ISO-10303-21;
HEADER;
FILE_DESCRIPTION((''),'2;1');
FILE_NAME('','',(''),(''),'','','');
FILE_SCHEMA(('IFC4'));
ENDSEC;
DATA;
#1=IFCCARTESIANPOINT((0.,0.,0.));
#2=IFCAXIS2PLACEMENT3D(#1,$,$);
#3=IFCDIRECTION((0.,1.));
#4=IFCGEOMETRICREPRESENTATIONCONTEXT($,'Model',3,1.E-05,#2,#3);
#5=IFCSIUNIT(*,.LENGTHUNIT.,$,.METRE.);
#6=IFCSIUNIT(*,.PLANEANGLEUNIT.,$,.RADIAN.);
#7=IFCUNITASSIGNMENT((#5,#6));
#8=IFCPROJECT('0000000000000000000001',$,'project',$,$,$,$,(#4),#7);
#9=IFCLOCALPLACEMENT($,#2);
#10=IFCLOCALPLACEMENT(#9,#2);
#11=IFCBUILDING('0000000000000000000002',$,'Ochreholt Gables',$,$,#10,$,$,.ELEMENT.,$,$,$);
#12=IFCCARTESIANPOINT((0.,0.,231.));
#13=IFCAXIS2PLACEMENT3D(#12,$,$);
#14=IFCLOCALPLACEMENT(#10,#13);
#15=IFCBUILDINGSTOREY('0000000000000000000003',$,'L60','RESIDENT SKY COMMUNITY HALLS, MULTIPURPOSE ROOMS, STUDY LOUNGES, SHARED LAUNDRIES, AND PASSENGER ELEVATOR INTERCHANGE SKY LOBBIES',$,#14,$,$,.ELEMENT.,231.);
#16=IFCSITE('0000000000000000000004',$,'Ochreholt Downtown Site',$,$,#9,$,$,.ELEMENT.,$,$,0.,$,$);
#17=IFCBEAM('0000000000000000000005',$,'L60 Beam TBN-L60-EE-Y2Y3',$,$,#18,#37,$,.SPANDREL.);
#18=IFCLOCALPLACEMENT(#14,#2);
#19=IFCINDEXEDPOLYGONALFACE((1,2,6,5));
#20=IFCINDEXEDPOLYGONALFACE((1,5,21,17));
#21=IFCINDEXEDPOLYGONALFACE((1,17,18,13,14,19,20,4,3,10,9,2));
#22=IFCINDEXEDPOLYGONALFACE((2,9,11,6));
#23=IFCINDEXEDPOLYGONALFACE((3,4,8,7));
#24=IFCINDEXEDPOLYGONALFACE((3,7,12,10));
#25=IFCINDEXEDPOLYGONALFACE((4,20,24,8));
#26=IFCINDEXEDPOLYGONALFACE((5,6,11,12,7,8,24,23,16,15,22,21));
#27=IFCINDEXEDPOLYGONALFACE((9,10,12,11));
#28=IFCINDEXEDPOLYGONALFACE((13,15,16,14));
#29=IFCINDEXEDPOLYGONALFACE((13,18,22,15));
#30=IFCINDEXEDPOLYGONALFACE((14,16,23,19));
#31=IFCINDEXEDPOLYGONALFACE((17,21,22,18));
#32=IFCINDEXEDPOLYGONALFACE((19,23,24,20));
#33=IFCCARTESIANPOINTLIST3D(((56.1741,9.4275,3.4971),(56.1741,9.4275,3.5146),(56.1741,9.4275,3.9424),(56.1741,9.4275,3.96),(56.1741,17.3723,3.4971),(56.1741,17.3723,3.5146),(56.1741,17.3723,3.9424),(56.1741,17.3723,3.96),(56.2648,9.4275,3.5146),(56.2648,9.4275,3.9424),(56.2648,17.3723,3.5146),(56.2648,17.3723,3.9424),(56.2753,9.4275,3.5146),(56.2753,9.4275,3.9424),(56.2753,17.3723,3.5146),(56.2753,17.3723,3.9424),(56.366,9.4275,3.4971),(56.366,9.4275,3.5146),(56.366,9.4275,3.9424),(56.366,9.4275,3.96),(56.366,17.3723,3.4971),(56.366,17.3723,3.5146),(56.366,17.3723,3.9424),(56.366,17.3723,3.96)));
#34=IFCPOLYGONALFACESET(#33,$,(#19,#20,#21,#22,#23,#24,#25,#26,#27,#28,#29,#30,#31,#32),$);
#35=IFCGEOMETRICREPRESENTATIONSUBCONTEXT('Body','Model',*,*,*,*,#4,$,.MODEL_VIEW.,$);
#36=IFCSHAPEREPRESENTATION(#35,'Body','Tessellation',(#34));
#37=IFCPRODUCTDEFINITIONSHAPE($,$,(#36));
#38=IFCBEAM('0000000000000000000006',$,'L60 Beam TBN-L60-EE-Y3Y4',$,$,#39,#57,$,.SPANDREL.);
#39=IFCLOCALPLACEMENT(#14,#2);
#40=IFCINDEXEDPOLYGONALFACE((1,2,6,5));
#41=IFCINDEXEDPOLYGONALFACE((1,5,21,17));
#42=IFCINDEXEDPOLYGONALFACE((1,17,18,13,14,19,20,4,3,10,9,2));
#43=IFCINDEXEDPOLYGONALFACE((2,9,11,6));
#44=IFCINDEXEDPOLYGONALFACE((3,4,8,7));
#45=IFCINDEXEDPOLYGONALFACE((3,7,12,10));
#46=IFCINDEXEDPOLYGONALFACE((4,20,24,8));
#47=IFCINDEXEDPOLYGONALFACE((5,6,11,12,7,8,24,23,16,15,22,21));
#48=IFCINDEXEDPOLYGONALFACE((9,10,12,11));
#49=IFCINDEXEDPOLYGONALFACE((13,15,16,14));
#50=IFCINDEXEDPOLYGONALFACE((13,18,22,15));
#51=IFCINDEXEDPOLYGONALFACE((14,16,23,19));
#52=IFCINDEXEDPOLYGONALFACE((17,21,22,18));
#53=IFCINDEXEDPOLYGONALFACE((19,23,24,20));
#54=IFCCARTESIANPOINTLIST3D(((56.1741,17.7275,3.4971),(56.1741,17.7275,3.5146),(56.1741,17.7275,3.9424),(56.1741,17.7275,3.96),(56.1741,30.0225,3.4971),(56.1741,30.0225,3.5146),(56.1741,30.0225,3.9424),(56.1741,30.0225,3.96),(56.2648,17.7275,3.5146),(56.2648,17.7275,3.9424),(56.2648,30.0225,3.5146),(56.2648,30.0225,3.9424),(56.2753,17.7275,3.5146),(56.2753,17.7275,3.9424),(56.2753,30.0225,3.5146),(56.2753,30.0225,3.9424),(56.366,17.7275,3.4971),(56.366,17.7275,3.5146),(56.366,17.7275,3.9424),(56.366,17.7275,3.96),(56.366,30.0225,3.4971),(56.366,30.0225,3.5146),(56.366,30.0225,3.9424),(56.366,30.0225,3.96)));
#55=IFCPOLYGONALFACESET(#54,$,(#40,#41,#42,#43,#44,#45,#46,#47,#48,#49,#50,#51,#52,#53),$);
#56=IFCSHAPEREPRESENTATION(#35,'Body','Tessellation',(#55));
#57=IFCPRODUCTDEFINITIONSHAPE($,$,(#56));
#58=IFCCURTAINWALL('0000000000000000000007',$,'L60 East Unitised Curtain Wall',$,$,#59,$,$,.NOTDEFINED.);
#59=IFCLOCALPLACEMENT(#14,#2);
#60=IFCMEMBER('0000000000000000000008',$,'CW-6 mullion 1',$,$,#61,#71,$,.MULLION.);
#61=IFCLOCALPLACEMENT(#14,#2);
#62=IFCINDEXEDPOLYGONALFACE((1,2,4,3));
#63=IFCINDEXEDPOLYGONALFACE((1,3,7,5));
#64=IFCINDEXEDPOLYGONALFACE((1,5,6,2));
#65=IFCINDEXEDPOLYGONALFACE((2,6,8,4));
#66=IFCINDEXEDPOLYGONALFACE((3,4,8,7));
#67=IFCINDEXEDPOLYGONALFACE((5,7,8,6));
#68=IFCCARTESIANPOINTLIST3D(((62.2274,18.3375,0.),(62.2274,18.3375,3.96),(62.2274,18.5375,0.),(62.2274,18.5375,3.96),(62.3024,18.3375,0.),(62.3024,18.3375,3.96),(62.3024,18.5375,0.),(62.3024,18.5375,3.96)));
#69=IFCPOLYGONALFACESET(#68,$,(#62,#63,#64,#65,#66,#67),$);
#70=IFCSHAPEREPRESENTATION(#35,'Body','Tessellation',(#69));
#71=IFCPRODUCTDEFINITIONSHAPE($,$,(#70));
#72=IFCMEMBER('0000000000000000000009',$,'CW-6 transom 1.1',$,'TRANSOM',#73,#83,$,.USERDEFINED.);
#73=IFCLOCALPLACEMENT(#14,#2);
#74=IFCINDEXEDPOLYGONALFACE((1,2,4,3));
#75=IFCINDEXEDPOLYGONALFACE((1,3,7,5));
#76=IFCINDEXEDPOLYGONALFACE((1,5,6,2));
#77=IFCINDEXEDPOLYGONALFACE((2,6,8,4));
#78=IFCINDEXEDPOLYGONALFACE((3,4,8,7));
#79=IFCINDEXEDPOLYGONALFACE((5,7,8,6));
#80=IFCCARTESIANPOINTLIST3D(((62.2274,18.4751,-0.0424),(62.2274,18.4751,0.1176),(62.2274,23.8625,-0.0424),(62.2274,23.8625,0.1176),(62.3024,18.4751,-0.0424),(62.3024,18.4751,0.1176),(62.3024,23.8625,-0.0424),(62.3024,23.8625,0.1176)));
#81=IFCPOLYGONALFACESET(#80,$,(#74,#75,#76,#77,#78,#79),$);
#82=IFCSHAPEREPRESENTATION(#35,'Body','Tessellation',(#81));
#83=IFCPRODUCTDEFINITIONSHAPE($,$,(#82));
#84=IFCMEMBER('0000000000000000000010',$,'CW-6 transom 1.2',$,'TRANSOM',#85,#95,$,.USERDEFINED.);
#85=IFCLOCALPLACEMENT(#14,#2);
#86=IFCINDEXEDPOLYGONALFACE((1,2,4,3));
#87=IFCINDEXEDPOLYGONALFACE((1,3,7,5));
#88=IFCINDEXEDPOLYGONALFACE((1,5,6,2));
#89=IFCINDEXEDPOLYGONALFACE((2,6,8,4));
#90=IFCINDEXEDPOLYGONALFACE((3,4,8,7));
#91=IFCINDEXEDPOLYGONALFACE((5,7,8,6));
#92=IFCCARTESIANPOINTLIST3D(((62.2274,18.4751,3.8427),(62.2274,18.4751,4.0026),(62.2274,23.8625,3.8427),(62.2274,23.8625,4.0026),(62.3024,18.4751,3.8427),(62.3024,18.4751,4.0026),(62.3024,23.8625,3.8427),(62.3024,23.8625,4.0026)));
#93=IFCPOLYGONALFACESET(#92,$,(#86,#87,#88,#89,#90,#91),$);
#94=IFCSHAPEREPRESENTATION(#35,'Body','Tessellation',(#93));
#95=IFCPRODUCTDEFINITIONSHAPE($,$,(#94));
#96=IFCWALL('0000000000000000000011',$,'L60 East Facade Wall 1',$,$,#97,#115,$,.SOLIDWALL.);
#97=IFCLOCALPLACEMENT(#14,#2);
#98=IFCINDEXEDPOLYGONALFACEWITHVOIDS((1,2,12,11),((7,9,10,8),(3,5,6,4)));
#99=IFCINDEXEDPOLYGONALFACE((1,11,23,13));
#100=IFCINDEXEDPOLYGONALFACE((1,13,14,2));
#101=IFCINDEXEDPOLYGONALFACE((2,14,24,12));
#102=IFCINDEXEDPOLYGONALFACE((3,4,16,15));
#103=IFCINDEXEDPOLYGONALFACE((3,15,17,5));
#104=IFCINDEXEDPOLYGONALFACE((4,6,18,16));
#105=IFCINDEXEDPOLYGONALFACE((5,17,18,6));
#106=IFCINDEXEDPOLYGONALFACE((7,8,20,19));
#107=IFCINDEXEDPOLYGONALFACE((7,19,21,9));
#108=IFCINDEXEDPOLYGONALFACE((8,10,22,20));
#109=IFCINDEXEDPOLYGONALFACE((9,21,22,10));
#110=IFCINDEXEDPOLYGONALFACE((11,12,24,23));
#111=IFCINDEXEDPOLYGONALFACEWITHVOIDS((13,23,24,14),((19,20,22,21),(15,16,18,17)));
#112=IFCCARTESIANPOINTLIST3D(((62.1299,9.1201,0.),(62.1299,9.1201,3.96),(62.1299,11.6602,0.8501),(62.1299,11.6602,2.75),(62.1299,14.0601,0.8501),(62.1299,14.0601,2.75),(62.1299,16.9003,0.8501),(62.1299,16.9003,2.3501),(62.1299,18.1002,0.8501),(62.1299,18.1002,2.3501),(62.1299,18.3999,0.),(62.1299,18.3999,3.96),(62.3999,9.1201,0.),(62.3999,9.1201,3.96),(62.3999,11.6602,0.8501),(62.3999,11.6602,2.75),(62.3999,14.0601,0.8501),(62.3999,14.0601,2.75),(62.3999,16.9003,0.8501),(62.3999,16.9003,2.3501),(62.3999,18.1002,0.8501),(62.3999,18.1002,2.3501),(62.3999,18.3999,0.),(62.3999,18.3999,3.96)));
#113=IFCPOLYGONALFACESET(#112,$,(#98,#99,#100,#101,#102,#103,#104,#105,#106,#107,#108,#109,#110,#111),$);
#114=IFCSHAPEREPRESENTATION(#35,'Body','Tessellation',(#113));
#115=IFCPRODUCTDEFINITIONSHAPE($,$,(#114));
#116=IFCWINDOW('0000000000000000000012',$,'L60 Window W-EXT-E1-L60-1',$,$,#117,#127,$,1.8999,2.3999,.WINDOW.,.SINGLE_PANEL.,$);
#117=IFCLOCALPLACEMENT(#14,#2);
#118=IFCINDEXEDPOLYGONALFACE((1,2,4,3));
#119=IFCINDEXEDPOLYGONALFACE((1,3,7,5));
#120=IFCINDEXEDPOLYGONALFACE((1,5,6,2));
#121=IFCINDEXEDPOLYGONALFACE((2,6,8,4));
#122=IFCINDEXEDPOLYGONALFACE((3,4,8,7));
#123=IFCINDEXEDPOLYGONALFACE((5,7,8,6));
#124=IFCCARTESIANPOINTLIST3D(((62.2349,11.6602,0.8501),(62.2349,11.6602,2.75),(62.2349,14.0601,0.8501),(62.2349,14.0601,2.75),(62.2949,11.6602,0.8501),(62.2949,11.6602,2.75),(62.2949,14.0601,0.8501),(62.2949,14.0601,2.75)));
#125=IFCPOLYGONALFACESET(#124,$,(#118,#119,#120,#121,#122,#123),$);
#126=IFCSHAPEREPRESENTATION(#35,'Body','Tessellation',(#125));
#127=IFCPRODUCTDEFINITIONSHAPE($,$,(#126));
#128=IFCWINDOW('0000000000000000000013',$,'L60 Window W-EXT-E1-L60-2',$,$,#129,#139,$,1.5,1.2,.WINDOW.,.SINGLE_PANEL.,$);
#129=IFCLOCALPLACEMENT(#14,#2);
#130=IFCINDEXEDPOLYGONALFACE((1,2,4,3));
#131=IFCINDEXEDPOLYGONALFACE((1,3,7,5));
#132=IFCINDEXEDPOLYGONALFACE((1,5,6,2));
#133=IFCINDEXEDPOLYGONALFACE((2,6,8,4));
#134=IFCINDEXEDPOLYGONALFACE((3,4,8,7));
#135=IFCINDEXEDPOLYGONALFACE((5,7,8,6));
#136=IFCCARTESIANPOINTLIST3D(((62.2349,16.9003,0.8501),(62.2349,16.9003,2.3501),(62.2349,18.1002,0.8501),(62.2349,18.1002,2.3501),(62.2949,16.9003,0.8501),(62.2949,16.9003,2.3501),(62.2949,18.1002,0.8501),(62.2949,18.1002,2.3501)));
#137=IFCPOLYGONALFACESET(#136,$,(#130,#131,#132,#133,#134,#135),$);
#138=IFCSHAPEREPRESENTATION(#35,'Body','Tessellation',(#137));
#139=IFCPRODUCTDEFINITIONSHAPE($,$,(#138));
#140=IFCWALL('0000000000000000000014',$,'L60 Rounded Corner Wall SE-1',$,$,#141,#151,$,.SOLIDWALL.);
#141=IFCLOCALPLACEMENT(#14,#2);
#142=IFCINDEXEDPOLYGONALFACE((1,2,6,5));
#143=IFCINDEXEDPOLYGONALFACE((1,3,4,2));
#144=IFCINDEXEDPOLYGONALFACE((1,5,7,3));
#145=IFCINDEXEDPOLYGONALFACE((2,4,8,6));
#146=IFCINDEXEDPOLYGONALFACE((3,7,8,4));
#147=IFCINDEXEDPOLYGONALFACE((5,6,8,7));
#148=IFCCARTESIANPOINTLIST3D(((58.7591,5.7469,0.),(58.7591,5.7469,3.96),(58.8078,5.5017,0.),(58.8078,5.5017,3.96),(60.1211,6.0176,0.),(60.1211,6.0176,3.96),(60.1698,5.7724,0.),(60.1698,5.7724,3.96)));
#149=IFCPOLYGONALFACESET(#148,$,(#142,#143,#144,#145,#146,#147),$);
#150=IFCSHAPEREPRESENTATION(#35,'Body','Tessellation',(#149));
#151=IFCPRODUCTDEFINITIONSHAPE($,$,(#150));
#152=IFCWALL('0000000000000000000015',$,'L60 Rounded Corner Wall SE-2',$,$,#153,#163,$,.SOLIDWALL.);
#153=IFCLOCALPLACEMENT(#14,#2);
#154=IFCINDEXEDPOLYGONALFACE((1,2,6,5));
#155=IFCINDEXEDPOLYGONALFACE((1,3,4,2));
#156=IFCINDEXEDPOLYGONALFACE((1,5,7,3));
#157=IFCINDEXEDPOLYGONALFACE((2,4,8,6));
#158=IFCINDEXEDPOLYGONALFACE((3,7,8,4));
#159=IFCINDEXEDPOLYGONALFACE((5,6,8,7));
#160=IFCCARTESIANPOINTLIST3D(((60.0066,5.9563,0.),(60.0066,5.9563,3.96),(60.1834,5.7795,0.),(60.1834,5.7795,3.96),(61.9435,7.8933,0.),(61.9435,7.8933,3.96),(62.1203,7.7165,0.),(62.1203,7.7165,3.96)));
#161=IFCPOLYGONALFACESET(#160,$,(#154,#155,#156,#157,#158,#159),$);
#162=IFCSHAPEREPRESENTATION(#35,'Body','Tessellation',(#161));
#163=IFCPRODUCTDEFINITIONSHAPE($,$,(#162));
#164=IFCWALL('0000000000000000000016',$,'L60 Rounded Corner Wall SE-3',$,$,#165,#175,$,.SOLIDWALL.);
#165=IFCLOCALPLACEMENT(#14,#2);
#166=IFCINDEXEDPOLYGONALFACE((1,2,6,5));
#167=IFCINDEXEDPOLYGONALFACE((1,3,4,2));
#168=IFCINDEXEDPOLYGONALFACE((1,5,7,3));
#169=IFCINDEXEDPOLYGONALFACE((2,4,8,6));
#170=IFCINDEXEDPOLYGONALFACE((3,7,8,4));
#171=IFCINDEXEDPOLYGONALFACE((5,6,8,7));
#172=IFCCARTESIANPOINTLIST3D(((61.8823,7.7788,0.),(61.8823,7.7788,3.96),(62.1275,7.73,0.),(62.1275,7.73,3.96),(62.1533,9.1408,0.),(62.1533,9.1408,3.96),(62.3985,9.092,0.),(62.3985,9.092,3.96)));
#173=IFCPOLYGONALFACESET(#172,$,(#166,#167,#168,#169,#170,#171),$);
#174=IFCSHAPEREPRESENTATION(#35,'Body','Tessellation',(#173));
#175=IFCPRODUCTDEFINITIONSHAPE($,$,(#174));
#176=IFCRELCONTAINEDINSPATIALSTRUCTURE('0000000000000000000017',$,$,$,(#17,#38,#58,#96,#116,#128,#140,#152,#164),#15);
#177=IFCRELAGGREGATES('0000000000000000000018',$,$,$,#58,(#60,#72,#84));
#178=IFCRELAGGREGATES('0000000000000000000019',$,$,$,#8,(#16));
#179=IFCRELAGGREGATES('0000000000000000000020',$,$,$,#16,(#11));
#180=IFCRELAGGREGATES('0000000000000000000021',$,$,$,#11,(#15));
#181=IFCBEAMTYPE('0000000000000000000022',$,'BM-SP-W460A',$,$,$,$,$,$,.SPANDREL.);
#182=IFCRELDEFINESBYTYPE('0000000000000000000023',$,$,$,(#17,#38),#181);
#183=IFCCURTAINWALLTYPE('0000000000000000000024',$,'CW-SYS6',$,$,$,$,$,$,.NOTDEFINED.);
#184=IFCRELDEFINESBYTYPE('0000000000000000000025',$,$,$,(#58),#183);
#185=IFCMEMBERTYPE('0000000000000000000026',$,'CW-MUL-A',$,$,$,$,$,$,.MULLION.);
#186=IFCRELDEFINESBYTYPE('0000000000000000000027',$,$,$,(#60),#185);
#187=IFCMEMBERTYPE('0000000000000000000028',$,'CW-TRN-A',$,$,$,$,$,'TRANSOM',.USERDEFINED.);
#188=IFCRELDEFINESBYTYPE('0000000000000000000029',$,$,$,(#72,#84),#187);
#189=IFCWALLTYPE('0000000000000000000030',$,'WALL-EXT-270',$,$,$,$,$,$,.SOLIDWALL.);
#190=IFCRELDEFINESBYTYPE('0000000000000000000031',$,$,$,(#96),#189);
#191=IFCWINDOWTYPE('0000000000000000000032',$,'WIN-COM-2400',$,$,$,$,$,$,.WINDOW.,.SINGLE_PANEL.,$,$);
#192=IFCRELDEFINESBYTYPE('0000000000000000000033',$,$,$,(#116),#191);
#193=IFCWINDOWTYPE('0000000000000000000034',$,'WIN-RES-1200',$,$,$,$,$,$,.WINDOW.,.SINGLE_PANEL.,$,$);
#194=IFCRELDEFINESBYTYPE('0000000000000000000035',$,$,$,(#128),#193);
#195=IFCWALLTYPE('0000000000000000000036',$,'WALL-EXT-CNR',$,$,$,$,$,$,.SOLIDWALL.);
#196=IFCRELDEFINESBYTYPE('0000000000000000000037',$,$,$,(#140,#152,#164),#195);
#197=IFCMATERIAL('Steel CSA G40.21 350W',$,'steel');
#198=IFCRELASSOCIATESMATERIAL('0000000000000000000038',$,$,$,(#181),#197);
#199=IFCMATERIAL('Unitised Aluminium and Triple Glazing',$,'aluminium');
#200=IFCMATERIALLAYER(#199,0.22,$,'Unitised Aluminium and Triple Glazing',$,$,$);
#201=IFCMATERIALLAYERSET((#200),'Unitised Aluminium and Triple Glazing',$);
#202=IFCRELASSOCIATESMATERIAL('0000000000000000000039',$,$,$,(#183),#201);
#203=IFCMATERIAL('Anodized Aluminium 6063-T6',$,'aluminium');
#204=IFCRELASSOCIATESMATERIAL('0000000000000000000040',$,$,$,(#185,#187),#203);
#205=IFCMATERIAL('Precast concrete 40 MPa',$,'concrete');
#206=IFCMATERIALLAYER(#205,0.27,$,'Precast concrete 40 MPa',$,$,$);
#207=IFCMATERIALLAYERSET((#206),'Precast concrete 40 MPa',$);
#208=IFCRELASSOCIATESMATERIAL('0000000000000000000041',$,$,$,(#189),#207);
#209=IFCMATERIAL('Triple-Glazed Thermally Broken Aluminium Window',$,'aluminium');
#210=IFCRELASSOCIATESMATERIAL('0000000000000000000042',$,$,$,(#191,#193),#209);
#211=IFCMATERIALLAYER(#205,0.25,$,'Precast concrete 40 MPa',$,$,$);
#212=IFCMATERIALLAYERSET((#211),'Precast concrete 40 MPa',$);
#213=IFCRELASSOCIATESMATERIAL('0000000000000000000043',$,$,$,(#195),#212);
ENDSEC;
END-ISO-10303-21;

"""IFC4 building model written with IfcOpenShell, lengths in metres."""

from ifc_helpers import new_model, si_unit, direction, frame, frame_2d, origin, origin_2d, place, context, subcontext, project, spatial, rectangle, i_section, extrude, material, layer, layer_set, material_profile, profile_set, type_object, element, fill, aggregate, save


model = new_model("IFC4")

# Units and contexts
model_context = context("Model", 3, precision=1e-05, world=origin(), true_north=direction((0.0, 1.0)))
body_context = subcontext(model_context, "Body", "Model", "MODEL_VIEW")
ifc_project = project(units=[si_unit("LENGTHUNIT", "METRE"), si_unit("PLANEANGLEUNIT", "RADIAN")], contexts=[model_context])

# Site, building, storey
site_placement = place(None, origin())
site = spatial("IfcSite", under=ifc_project, at=site_placement, Name="Ochreholt Downtown Site", CompositionType="ELEMENT", RefElevation=0.0)
building_placement = place(site_placement, origin())
building = spatial("IfcBuilding", under=site, at=building_placement, Name="Ochreholt Gables", CompositionType="ELEMENT")
storey_placement = place(building_placement, frame((0.0, 0.0, 231.0)))
storey = spatial("IfcBuildingStorey", under=building, at=storey_placement, Name="L60", Description="RESIDENT SKY COMMUNITY HALLS, MULTIPURPOSE ROOMS, STUDY LOUNGES, SHARED LAUNDRIES, AND PASSENGER ELEVATOR INTERCHANGE SKY LOBBIES", CompositionType="ELEMENT", Elevation=231.0)

# Shared definitions
ifc_material_1 = material(Name="Steel CSA G40.21 350W", Category="steel")

# Beams
ifc_material_profile_1 = material_profile(ifc_material_1, i_section(OverallWidth=0.1919, OverallDepth=0.4629, WebThickness=0.0105, FlangeThickness=0.0176, at=origin_2d()), Name="W460X89")
ifc_profile_set_1 = profile_set([ifc_material_profile_1], Name="Steel CSA G40.21 350W")
beam_type_1 = type_object("IfcBeamType", Name="BM-SP-W460A", PredefinedType="SPANDREL", material=ifc_profile_set_1)
beam_1_placement = place(storey_placement, frame((56.27, 9.4275, 3.7285), z_axis=(0.0, 1.0, 0.0), x_axis=(-1.0, 0.0, 0.0)))
element("IfcBeam", 1, at=beam_1_placement, inside=storey, type_object=beam_type_1, Name="L60 Beam TBN-L60-EE-Y2Y3", PredefinedType="SPANDREL", context=body_context, shape_type="SweptSolid", body=[
    extrude(i_section(OverallWidth=0.1919, OverallDepth=0.4629, WebThickness=0.0105, FlangeThickness=0.0176, at=origin_2d()), origin(), (0.0, 0.0, 1.0), 7.9448),
])
beam_2_placement = place(storey_placement, frame((56.27, 17.7275, 3.7285), z_axis=(0.0, 1.0, 0.0), x_axis=(-1.0, 0.0, 0.0)))
element("IfcBeam", 2, at=beam_2_placement, inside=storey, type_object=beam_type_1, Name="L60 Beam TBN-L60-EE-Y3Y4", PredefinedType="SPANDREL", context=body_context, shape_type="SweptSolid", body=[
    extrude(i_section(OverallWidth=0.1919, OverallDepth=0.4629, WebThickness=0.0105, FlangeThickness=0.0176, at=origin_2d()), origin(), (0.0, 0.0, 1.0), 12.2949),
])

# Curtain wall, members
ifc_material_2 = material(Name="Unitised Aluminium and Triple Glazing", Category="aluminium")
ifc_layer_1 = layer(ifc_material_2, 0.22, Name="Unitised Aluminium and Triple Glazing")
ifc_layer_set_1 = layer_set([ifc_layer_1], Name="Unitised Aluminium and Triple Glazing")
curtain_wall_type = type_object("IfcCurtainWallType", Name="CW-SYS6", PredefinedType="NOTDEFINED", material=ifc_layer_set_1)
curtain_wall_placement = place(storey_placement, origin())
curtain_wall = element("IfcCurtainWall", 3, at=curtain_wall_placement, inside=storey, type_object=curtain_wall_type, Name="L60 East Unitised Curtain Wall", PredefinedType="NOTDEFINED")
ifc_material_3 = material(Name="Anodized Aluminium 6063-T6", Category="aluminium")
ifc_material_profile_2 = material_profile(ifc_material_3, rectangle(XDim=0.075, YDim=0.2, at=origin_2d()), Name="CWM75X200")
ifc_profile_set_2 = profile_set([ifc_material_profile_2], Name="Anodized Aluminium 6063-T6")
member_type_1 = type_object("IfcMemberType", Name="CW-MUL-A", PredefinedType="MULLION", material=ifc_profile_set_2)
member_1_placement = place(storey_placement, frame((62.2649, 18.4375, 0.0), z_axis=(0.0, 0.0, 1.0), x_axis=(-1.0, 0.0, 0.0)))
member_1 = element("IfcMember", 4, at=member_1_placement, type_object=member_type_1, Name="CW-6 mullion 1", PredefinedType="MULLION", context=body_context, shape_type="SweptSolid", body=[
    extrude(rectangle(XDim=0.075, YDim=0.2, at=origin_2d()), origin(), (0.0, 0.0, 1.0), 3.96),
])
ifc_material_profile_3 = material_profile(ifc_material_3, rectangle(XDim=0.075, YDim=0.1599, at=origin_2d()), Name="CWT75X160")
ifc_profile_set_3 = profile_set([ifc_material_profile_3], Name="Anodized Aluminium 6063-T6")
member_type_2 = type_object("IfcMemberType", Name="CW-TRN-A", ElementType="TRANSOM", PredefinedType="USERDEFINED", material=ifc_profile_set_3)
member_2_placement = place(storey_placement, frame((62.2649, 18.4751, 0.0376), z_axis=(0.0, 1.0, 0.0), x_axis=(-1.0, 0.0, 0.0)))
member_2 = element("IfcMember", 5, at=member_2_placement, type_object=member_type_2, Name="CW-6 transom 1.1", ObjectType="TRANSOM", PredefinedType="USERDEFINED", context=body_context, shape_type="SweptSolid", body=[
    extrude(rectangle(XDim=0.075, YDim=0.1599, at=origin_2d()), origin(), (0.0, 0.0, 1.0), 5.3875),
])
member_3_placement = place(storey_placement, frame((62.2649, 18.4751, 3.9226), z_axis=(0.0, 1.0, 0.0), x_axis=(-1.0, 0.0, 0.0)))
member_3 = element("IfcMember", 6, at=member_3_placement, type_object=member_type_2, Name="CW-6 transom 1.2", ObjectType="TRANSOM", PredefinedType="USERDEFINED", context=body_context, shape_type="SweptSolid", body=[
    extrude(rectangle(XDim=0.075, YDim=0.1599, at=origin_2d()), origin(), (0.0, 0.0, 1.0), 5.3875),
])
aggregate(curtain_wall, [member_1, member_2, member_3])

# Wall, openings, windows
ifc_material_4 = material(Name="Precast concrete 40 MPa", Category="concrete")
ifc_layer_2 = layer(ifc_material_4, 0.27, Name="Precast concrete 40 MPa")
ifc_layer_set_2 = layer_set([ifc_layer_2], Name="Precast concrete 40 MPa")
wall_type_1 = type_object("IfcWallType", Name="WALL-EXT-270", PredefinedType="SOLIDWALL", material=ifc_layer_set_2)
wall_1_placement = place(storey_placement, frame((62.2649, 9.1201, 0.0), z_axis=(0.0, 0.0, 1.0), x_axis=(0.0, 1.0, 0.0)))
wall_1 = element("IfcWall", 7, at=wall_1_placement, inside=storey, type_object=wall_type_1, Name="L60 East Facade Wall 1", PredefinedType="SOLIDWALL", context=body_context, shape_type="SweptSolid", body=[
    extrude(rectangle(XDim=9.2798, YDim=0.27, at=frame_2d((4.6399, 0.0))), origin(), (0.0, 0.0, 1.0), 3.96),
])
opening_1_placement = place(wall_1_placement, frame((2.54, 0.0, 0.8501)))
opening_1 = element("IfcOpeningElement", 8, at=opening_1_placement, cuts=wall_1, PredefinedType="OPENING", context=body_context, shape_type="SweptSolid", body=[
    extrude(rectangle(XDim=2.3999, YDim=1.8999, at=frame_2d((1.2, 0.95))), frame((0.0, 0.145, 0.0), z_axis=(0.0, -1.0, 0.0), x_axis=(1.0, 0.0, 0.0)), (0.0, 0.0, 1.0), 0.29),
])
opening_2_placement = place(wall_1_placement, frame((7.78, 0.0, 0.8501)))
opening_2 = element("IfcOpeningElement", 9, at=opening_2_placement, cuts=wall_1, PredefinedType="OPENING", context=body_context, shape_type="SweptSolid", body=[
    extrude(rectangle(XDim=1.2, YDim=1.5, at=frame_2d((0.6001, 0.75))), frame((0.0, 0.145, 0.0), z_axis=(0.0, -1.0, 0.0), x_axis=(1.0, 0.0, 0.0)), (0.0, 0.0, 1.0), 0.29),
])
ifc_material_5 = material(Name="Triple-Glazed Thermally Broken Aluminium Window", Category="aluminium")
window_type_1 = type_object("IfcWindowType", Name="WIN-COM-2400", PartitioningType="SINGLE_PANEL", PredefinedType="WINDOW", material=ifc_material_5)
window_1_placement = place(opening_1_placement, origin())
window_1 = element("IfcWindow", 10, at=window_1_placement, inside=storey, type_object=window_type_1, Name="L60 Window W-EXT-E1-L60-1", OverallHeight=1.8999, OverallWidth=2.3999, PartitioningType="SINGLE_PANEL", PredefinedType="WINDOW", context=body_context, shape_type="SweptSolid", body=[
    extrude(rectangle(XDim=2.3999, YDim=1.8999, at=frame_2d((1.2, 0.95))), frame((0.0, 0.03, 0.0), z_axis=(0.0, -1.0, 0.0), x_axis=(1.0, 0.0, 0.0)), (0.0, 0.0, 1.0), 0.0601),
])
fill(opening_1, window_1)
window_type_2 = type_object("IfcWindowType", Name="WIN-RES-1200", PartitioningType="SINGLE_PANEL", PredefinedType="WINDOW", material=ifc_material_5)
window_2_placement = place(opening_2_placement, origin())
window_2 = element("IfcWindow", 11, at=window_2_placement, inside=storey, type_object=window_type_2, Name="L60 Window W-EXT-E1-L60-2", OverallHeight=1.5, OverallWidth=1.2, PartitioningType="SINGLE_PANEL", PredefinedType="WINDOW", context=body_context, shape_type="SweptSolid", body=[
    extrude(rectangle(XDim=1.2, YDim=1.5, at=frame_2d((0.6001, 0.75))), frame((0.0, 0.03, 0.0), z_axis=(0.0, -1.0, 0.0), x_axis=(1.0, 0.0, 0.0)), (0.0, 0.0, 1.0), 0.0601),
])
fill(opening_2, window_2)

# Walls
ifc_layer_3 = layer(ifc_material_4, 0.25, Name="Precast concrete 40 MPa")
ifc_layer_set_3 = layer_set([ifc_layer_3], Name="Precast concrete 40 MPa")
wall_type_2 = type_object("IfcWallType", Name="WALL-EXT-CNR", PredefinedType="SOLIDWALL", material=ifc_layer_set_3)
wall_2_placement = place(storey_placement, frame((58.7834, 5.6243, 0.0), z_axis=(0.0, 0.0, 1.0), x_axis=(0.98081, 0.194967, 0.0)))
element("IfcWall", 12, at=wall_2_placement, inside=storey, type_object=wall_type_2, Name="L60 Rounded Corner Wall SE-1", PredefinedType="SOLIDWALL", context=body_context, shape_type="SweptSolid", body=[
    extrude(rectangle(XDim=1.3887, YDim=0.25, at=frame_2d((0.6943, 0.0))), origin(), (0.0, 0.0, 1.0), 3.96),
])
wall_3_placement = place(storey_placement, frame((60.095, 5.8679, 0.0), z_axis=(0.0, 0.0, 1.0), x_axis=(0.707107, 0.707107, 0.0)))
element("IfcWall", 13, at=wall_3_placement, inside=storey, type_object=wall_type_2, Name="L60 Rounded Corner Wall SE-2", PredefinedType="SOLIDWALL", context=body_context, shape_type="SweptSolid", body=[
    extrude(rectangle(XDim=2.7393, YDim=0.25, at=frame_2d((1.3696, 0.0))), origin(), (0.0, 0.0, 1.0), 3.96),
])
wall_4_placement = place(storey_placement, frame((62.0049, 7.7544, 0.0), z_axis=(0.0, 0.0, 1.0), x_axis=(0.195136, 0.980776, 0.0)))
element("IfcWall", 14, at=wall_4_placement, inside=storey, type_object=wall_type_2, Name="L60 Rounded Corner Wall SE-3", PredefinedType="SOLIDWALL", context=body_context, shape_type="SweptSolid", body=[
    extrude(rectangle(XDim=1.3887, YDim=0.25, at=frame_2d((0.6943, 0.0))), origin(), (0.0, 0.0, 1.0), 3.96),
])

save(model, "model.ifc")
